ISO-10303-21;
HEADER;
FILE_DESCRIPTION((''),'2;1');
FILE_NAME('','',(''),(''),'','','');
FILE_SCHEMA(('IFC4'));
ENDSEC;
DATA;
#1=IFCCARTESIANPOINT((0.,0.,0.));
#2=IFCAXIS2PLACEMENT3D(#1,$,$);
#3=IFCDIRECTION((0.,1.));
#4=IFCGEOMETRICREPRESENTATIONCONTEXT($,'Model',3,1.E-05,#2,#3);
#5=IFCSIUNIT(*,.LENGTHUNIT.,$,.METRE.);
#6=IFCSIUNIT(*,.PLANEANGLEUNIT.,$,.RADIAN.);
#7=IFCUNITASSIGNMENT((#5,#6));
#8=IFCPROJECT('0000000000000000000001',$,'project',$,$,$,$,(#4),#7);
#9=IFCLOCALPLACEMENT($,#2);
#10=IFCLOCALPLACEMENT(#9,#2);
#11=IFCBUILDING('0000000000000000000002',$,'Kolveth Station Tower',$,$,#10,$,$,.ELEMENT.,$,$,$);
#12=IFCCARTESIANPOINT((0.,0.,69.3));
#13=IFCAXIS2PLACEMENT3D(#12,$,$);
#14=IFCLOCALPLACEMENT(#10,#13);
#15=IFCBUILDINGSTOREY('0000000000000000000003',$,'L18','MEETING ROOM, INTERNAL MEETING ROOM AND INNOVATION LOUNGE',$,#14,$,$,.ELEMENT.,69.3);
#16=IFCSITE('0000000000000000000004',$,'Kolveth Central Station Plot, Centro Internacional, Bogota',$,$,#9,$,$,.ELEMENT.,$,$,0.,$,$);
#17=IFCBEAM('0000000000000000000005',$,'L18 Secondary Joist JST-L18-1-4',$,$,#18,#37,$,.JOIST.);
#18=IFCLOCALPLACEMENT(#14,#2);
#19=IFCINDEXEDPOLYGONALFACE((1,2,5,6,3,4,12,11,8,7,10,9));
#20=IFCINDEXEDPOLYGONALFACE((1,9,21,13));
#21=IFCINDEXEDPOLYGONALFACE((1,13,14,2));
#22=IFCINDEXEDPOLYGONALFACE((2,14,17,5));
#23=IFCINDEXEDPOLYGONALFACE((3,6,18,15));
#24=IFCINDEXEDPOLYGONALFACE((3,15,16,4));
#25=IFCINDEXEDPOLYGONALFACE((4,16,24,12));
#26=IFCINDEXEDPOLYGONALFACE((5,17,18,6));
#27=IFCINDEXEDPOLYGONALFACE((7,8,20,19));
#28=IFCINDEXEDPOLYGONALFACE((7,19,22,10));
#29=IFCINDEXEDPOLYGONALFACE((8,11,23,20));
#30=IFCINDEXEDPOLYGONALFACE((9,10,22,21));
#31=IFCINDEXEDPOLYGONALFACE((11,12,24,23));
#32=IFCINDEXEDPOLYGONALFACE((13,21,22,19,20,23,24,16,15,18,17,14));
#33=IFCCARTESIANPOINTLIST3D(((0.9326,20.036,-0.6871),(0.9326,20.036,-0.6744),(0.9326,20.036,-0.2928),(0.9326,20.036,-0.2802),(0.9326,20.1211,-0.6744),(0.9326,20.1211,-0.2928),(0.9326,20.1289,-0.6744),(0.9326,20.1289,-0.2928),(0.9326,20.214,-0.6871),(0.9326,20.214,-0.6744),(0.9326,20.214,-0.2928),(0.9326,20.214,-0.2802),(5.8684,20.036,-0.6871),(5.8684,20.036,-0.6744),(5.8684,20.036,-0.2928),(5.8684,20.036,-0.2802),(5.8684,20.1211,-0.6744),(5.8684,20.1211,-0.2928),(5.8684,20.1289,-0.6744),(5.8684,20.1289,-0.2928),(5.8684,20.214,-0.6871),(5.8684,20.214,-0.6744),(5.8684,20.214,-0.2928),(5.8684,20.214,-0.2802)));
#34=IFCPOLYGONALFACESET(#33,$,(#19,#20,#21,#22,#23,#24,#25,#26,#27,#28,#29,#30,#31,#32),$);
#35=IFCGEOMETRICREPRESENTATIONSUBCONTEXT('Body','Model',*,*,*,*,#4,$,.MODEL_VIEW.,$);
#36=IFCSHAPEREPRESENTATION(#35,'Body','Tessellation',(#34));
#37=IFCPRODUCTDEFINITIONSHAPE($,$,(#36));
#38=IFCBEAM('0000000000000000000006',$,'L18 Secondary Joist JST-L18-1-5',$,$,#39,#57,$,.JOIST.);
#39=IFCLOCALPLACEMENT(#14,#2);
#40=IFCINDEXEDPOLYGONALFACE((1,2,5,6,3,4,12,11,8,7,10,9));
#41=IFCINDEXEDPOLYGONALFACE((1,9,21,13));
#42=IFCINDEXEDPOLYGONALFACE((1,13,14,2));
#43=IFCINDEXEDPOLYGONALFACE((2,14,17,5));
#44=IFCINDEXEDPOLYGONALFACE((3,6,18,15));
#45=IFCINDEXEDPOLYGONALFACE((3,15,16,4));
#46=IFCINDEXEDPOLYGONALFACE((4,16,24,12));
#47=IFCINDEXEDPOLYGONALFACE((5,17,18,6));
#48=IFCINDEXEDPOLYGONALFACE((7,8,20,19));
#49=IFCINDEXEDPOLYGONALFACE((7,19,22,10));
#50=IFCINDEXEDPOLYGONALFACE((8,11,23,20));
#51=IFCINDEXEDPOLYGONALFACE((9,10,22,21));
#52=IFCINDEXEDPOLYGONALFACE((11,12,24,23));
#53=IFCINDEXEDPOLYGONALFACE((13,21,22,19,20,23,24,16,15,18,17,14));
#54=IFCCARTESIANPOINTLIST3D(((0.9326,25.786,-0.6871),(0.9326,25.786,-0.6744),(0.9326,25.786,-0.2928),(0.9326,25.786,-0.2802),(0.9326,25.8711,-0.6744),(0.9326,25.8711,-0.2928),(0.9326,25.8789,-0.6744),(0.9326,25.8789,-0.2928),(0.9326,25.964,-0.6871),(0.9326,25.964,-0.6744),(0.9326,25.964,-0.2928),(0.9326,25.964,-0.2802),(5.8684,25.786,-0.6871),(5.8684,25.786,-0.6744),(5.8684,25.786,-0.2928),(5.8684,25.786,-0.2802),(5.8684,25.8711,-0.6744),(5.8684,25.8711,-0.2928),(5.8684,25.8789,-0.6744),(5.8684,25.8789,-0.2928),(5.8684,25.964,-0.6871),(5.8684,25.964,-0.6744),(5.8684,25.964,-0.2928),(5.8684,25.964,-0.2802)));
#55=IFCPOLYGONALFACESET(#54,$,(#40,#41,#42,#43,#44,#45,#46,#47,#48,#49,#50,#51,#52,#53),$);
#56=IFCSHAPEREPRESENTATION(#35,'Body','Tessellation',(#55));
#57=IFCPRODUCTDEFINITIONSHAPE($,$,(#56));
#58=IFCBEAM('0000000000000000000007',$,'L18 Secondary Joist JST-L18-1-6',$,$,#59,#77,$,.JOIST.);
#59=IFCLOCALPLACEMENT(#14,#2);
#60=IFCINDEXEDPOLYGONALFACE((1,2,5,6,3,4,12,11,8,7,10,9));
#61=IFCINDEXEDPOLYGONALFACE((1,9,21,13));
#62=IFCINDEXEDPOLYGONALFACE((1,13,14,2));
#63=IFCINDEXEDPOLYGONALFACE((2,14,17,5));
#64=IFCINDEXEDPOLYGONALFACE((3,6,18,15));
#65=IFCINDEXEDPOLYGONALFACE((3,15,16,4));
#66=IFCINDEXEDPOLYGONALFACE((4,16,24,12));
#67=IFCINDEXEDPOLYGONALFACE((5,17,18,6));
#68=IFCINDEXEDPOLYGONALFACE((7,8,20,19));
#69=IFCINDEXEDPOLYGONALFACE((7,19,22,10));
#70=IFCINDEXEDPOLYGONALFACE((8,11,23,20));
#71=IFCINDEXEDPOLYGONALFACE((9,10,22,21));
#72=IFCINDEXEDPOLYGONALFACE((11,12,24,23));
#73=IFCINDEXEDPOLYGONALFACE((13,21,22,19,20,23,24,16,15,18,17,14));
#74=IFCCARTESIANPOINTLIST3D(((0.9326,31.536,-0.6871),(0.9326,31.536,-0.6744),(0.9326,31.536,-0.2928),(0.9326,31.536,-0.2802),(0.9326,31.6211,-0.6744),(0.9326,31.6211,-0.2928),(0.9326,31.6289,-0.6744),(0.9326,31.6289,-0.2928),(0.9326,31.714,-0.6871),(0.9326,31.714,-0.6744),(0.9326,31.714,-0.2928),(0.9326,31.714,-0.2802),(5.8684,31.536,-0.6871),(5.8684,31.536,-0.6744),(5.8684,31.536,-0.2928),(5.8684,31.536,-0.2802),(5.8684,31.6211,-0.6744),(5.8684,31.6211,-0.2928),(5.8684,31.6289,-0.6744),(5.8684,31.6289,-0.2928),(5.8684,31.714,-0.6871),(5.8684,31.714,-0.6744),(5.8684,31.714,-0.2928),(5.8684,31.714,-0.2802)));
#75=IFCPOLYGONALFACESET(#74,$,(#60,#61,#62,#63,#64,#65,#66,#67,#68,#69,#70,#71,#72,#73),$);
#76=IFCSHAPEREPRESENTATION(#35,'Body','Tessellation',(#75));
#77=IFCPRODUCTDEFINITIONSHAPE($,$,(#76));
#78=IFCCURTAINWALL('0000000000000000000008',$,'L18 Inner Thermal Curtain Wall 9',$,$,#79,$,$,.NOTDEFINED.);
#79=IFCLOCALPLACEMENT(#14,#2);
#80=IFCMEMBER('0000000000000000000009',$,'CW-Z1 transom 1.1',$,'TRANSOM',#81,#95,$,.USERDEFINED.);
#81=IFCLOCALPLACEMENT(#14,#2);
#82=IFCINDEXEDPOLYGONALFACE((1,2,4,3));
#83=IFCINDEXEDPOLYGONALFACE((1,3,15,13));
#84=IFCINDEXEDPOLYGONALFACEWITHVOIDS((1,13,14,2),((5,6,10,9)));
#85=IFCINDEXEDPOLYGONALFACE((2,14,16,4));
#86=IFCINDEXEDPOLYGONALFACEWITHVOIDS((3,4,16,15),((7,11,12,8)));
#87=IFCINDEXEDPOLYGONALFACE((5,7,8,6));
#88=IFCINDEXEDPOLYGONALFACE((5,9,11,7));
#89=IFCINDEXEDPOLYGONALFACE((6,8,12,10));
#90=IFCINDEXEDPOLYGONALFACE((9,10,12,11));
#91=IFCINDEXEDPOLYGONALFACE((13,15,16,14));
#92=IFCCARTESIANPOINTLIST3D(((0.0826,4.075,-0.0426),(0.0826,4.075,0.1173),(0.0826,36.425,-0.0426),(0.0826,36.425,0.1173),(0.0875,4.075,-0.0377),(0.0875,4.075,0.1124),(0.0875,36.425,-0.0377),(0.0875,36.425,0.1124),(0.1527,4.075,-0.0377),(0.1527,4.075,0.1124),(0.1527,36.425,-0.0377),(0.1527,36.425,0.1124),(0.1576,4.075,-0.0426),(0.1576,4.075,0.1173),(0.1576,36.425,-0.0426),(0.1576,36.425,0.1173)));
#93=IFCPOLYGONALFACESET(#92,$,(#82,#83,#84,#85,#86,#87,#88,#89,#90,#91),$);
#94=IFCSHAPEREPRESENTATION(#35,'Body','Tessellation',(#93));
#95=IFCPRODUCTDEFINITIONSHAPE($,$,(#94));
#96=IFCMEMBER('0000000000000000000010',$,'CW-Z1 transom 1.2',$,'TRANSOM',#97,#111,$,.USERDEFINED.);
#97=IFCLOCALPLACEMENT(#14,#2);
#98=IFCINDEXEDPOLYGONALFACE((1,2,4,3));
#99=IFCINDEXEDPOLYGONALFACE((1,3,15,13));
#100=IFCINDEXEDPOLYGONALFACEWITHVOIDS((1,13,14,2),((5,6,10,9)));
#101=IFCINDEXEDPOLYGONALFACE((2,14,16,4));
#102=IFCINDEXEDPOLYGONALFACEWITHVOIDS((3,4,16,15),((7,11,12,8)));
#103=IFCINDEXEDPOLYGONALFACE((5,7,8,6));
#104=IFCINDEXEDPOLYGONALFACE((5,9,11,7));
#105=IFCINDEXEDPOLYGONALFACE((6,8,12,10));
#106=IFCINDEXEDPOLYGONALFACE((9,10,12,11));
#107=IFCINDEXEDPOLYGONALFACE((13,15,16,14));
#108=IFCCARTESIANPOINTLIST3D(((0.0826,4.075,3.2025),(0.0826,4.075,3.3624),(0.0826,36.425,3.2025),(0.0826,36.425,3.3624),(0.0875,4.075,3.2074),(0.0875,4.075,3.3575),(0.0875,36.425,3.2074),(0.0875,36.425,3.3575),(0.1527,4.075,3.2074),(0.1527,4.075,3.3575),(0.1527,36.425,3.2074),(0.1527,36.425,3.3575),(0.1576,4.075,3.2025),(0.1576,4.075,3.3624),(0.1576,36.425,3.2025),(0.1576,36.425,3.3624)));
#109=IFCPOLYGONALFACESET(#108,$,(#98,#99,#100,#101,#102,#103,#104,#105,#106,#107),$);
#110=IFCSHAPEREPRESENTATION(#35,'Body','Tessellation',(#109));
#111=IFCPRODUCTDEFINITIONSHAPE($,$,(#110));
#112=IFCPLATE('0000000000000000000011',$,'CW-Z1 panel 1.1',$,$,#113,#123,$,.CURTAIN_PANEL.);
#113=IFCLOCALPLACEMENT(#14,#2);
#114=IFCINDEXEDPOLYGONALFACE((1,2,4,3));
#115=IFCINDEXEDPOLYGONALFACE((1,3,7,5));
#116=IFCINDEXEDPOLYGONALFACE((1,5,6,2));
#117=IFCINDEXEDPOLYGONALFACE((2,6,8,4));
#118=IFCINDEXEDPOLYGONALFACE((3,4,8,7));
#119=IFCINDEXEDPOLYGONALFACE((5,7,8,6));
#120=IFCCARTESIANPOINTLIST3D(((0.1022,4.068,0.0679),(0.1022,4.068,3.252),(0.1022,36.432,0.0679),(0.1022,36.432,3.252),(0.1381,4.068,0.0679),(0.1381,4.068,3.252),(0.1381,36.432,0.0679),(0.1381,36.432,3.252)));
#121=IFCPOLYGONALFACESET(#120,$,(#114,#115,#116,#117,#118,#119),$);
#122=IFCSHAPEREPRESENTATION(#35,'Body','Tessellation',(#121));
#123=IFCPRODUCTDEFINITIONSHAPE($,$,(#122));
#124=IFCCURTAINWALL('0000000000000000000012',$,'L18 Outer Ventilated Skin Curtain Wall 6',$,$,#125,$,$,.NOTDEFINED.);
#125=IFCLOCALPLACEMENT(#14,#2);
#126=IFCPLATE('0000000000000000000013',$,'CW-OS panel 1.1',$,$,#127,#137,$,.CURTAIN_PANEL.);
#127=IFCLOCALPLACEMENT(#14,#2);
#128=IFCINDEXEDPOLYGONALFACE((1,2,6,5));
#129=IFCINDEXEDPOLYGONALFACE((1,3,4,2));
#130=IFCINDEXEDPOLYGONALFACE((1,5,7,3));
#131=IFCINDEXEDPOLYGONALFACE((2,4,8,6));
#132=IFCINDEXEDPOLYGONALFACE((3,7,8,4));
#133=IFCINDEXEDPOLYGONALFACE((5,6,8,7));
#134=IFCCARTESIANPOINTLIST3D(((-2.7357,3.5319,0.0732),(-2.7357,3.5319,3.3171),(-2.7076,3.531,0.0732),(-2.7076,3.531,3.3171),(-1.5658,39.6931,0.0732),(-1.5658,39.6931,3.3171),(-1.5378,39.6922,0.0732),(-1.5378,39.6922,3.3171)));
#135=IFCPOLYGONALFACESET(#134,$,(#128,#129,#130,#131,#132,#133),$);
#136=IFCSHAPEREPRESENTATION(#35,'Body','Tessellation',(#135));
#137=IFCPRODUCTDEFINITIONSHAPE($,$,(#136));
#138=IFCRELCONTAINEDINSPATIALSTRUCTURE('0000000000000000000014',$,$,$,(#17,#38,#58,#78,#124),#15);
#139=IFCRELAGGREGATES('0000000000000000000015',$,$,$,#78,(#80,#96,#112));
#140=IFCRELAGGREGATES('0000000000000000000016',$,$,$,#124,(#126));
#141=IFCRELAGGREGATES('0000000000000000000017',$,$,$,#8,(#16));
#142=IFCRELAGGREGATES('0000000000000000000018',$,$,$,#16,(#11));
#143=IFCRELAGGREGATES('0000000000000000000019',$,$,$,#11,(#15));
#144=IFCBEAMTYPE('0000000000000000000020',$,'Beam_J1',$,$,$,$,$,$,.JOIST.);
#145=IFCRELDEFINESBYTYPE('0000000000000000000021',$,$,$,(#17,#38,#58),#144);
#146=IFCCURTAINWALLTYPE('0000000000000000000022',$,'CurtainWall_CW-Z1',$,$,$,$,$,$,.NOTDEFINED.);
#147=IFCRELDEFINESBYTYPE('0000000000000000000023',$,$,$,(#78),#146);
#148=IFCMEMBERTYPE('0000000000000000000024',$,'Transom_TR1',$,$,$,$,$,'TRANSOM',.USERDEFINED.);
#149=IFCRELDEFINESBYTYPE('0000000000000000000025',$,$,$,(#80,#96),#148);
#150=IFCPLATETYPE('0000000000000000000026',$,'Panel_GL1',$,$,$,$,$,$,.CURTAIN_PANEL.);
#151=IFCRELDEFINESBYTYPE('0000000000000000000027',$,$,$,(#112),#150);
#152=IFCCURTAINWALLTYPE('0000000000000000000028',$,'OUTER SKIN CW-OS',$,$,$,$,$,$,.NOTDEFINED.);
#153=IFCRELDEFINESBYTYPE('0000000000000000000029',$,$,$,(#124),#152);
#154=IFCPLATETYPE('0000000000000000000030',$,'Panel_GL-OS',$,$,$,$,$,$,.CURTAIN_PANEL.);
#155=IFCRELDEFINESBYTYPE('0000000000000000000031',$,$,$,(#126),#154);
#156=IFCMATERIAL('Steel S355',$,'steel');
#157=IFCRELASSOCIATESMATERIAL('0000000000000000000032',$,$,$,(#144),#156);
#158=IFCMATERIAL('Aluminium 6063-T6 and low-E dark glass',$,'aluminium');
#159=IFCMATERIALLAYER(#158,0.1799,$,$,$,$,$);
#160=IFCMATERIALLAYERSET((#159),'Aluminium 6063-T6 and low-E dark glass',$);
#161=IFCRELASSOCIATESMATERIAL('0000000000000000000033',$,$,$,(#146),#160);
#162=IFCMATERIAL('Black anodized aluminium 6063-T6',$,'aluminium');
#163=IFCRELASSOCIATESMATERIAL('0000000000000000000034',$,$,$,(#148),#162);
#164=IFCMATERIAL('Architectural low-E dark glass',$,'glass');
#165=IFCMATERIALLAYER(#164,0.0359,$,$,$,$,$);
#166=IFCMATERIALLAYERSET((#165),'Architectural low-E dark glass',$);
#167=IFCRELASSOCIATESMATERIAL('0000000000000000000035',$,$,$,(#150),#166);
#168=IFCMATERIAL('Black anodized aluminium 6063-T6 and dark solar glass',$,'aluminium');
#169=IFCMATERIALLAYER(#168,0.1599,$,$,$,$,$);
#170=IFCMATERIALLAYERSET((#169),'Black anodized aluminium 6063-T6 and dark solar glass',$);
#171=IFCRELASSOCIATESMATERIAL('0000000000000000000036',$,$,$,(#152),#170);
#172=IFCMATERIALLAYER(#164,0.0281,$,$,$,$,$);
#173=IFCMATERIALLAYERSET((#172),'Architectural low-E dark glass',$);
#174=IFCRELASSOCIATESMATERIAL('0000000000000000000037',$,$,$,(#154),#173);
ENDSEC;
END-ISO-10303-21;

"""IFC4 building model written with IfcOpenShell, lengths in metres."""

from ifc_helpers import new_model, si_unit, direction, frame, origin, origin_2d, place, context, subcontext, project, spatial, rectangle, hollow_rectangle, i_section, extrude, source, transform, mapped, material, layer, layer_set, material_profile, profile_set, type_object, element, aggregate, save


model = new_model("IFC4")

# Units and contexts
model_context = context("Model", 3, precision=1e-05, world=origin(), true_north=direction((0.0, 1.0)))
body_context = subcontext(model_context, "Body", "Model", "MODEL_VIEW")
ifc_project = project(units=[si_unit("LENGTHUNIT", "METRE"), si_unit("PLANEANGLEUNIT", "RADIAN")], contexts=[model_context])

# Site, building, storey
site_placement = place(None, origin())
site = spatial("IfcSite", under=ifc_project, at=site_placement, Name="Kolveth Central Station Plot, Centro Internacional, Bogota", CompositionType="ELEMENT", RefElevation=0.0)
building_placement = place(site_placement, origin())
building = spatial("IfcBuilding", under=site, at=building_placement, Name="Kolveth Station Tower", CompositionType="ELEMENT")
storey_placement = place(building_placement, frame((0.0, 0.0, 69.3)))
storey = spatial("IfcBuildingStorey", under=building, at=storey_placement, Name="L18", Description="MEETING ROOM, INTERNAL MEETING ROOM AND INNOVATION LOUNGE", CompositionType="ELEMENT", Elevation=69.3)

# Shared definitions
ifc_material_1 = material(Name="Steel S355", Category="steel")

# Beams
ifc_material_profile_1 = material_profile(ifc_material_1, i_section(OverallWidth=0.178, OverallDepth=0.407, WebThickness=0.0078, FlangeThickness=0.0127, at=origin_2d()), Name="W410x60")
ifc_profile_set_1 = profile_set([ifc_material_profile_1], Name="Steel S355")
beam_type_1 = type_object("IfcBeamType", Name="Beam_J1", PredefinedType="JOIST", material=ifc_profile_set_1)
shared_shape_1 = source(origin(), body_context, "Body", "SweptSolid", [
    extrude(i_section(OverallWidth=0.178, OverallDepth=0.407, WebThickness=0.0078, FlangeThickness=0.0127, at=origin_2d()), origin(), (0.0, 0.0, 1.0), 4.9358),
])
for number, where, z_axis, x_axis, name in (
    (1, (0.9326, 20.125, -0.4836), (1.0, 0.0, 0.0), (0.0, 1.0, 0.0), "L18 Secondary Joist JST-L18-1-4"),
    (2, (0.9326, 25.875, -0.4836), (1.0, 0.0, 0.0), (0.0, 1.0, 0.0), "L18 Secondary Joist JST-L18-1-5"),
    (3, (0.9326, 31.625, -0.4836), (1.0, 0.0, 0.0), (0.0, 1.0, 0.0), "L18 Secondary Joist JST-L18-1-6"),
):
    element("IfcBeam", number, at=place(storey_placement, frame(where, z_axis=z_axis, x_axis=x_axis)), inside=storey, type_object=beam_type_1, Name=name, PredefinedType="JOIST", context=body_context, shape_type="MappedRepresentation", body=[
        mapped(shared_shape_1, transform((0.0, 0.0, 0.0), x_axis=(1.0, 0.0, 0.0), y_axis=(0.0, 1.0, 0.0), z_axis=(0.0, 0.0, 1.0), scale=1.0)),
    ])

# Curtain wall, members, plate
ifc_material_2 = material(Name="Aluminium 6063-T6 and low-E dark glass", Category="aluminium")
ifc_layer_1 = layer(ifc_material_2, 0.1799)
ifc_layer_set_1 = layer_set([ifc_layer_1], Name="Aluminium 6063-T6 and low-E dark glass")
curtain_wall_type_1 = type_object("IfcCurtainWallType", Name="CurtainWall_CW-Z1", PredefinedType="NOTDEFINED", material=ifc_layer_set_1)
curtain_wall_1_placement = place(storey_placement, origin())
curtain_wall_1 = element("IfcCurtainWall", 4, at=curtain_wall_1_placement, inside=storey, type_object=curtain_wall_type_1, Name="L18 Inner Thermal Curtain Wall 9", PredefinedType="NOTDEFINED")
ifc_material_3 = material(Name="Black anodized aluminium 6063-T6", Category="aluminium")
ifc_material_profile_2 = material_profile(ifc_material_3, hollow_rectangle(XDim=0.075, YDim=0.1599, WallThickness=0.0049, at=origin_2d()), Name="ALU-75x160x5")
ifc_profile_set_2 = profile_set([ifc_material_profile_2], Name="Black anodized aluminium 6063-T6")
member_type = type_object("IfcMemberType", Name="Transom_TR1", ElementType="TRANSOM", PredefinedType="USERDEFINED", material=ifc_profile_set_2)
shared_shape_2 = source(origin(), body_context, "Body", "SweptSolid", [
    extrude(hollow_rectangle(XDim=0.075, YDim=0.1599, WallThickness=0.0049, at=origin_2d()), origin(), (0.0, 0.0, 1.0), 32.3501),
])
member_1_placement = place(storey_placement, frame((0.1201, 36.425, 0.0374), z_axis=(0.0, -1.0, 0.0), x_axis=(1.0, 0.0, 0.0)))
member_1 = element("IfcMember", 5, at=member_1_placement, type_object=member_type, Name="CW-Z1 transom 1.1", ObjectType="TRANSOM", PredefinedType="USERDEFINED", context=body_context, shape_type="MappedRepresentation", body=[
    mapped(shared_shape_2, transform((0.0, 0.0, 0.0), x_axis=(1.0, 0.0, 0.0), y_axis=(0.0, 1.0, 0.0), z_axis=(0.0, 0.0, 1.0), scale=1.0)),
])
member_2_placement = place(storey_placement, frame((0.1201, 36.425, 3.2825), z_axis=(0.0, -1.0, 0.0), x_axis=(1.0, 0.0, 0.0)))
member_2 = element("IfcMember", 6, at=member_2_placement, type_object=member_type, Name="CW-Z1 transom 1.2", ObjectType="TRANSOM", PredefinedType="USERDEFINED", context=body_context, shape_type="MappedRepresentation", body=[
    mapped(shared_shape_2, transform((0.0, 0.0, 0.0), x_axis=(1.0, 0.0, 0.0), y_axis=(0.0, 1.0, 0.0), z_axis=(0.0, 0.0, 1.0), scale=1.0)),
])
ifc_material_4 = material(Name="Architectural low-E dark glass", Category="glass")
ifc_layer_2 = layer(ifc_material_4, 0.0359)
ifc_layer_set_2 = layer_set([ifc_layer_2], Name="Architectural low-E dark glass")
plate_type_1 = type_object("IfcPlateType", Name="Panel_GL1", PredefinedType="CURTAIN_PANEL", material=ifc_layer_set_2)
shared_shape_3 = source(origin(), body_context, "Body", "SweptSolid", [
    extrude(rectangle(XDim=32.364, YDim=0.0359, at=origin_2d()), origin(), (0.0, 0.0, 1.0), 3.1841),
])
plate_1_placement = place(storey_placement, frame((0.1201, 20.25, 0.0679), z_axis=(0.0, 0.0, 1.0), x_axis=(0.0, -1.0, 0.0)))
plate_1 = element("IfcPlate", 7, at=plate_1_placement, type_object=plate_type_1, Name="CW-Z1 panel 1.1", PredefinedType="CURTAIN_PANEL", context=body_context, shape_type="MappedRepresentation", body=[
    mapped(shared_shape_3, transform((0.0, 0.0, 0.0), x_axis=(1.0, 0.0, 0.0), y_axis=(0.0, 1.0, 0.0), z_axis=(0.0, 0.0, 1.0), scale=1.0)),
])
aggregate(curtain_wall_1, [member_1, member_2, plate_1])

# Curtain wall, plate
ifc_material_5 = material(Name="Black anodized aluminium 6063-T6 and dark solar glass", Category="aluminium")
ifc_layer_3 = layer(ifc_material_5, 0.1599)
ifc_layer_set_3 = layer_set([ifc_layer_3], Name="Black anodized aluminium 6063-T6 and dark solar glass")
curtain_wall_type_2 = type_object("IfcCurtainWallType", Name="OUTER SKIN CW-OS", PredefinedType="NOTDEFINED", material=ifc_layer_set_3)
curtain_wall_2_placement = place(storey_placement, origin())
curtain_wall_2 = element("IfcCurtainWall", 8, at=curtain_wall_2_placement, inside=storey, type_object=curtain_wall_type_2, Name="L18 Outer Ventilated Skin Curtain Wall 6", PredefinedType="NOTDEFINED")
ifc_layer_4 = layer(ifc_material_4, 0.0281)
ifc_layer_set_4 = layer_set([ifc_layer_4], Name="Architectural low-E dark glass")
plate_type_2 = type_object("IfcPlateType", Name="Panel_GL-OS", PredefinedType="CURTAIN_PANEL", material=ifc_layer_set_4)
shared_shape_4 = source(origin(), body_context, "Body", "SweptSolid", [
    extrude(rectangle(XDim=36.1802, YDim=0.0281, at=origin_2d()), origin(), (0.0, 0.0, 1.0), 3.2439),
])
plate_2_placement = place(storey_placement, frame((-2.1367, 21.6121, 0.0732), z_axis=(0.0, 0.0, 1.0), x_axis=(-0.032334, -0.999477, 0.0)))
plate_2 = element("IfcPlate", 9, at=plate_2_placement, type_object=plate_type_2, Name="CW-OS panel 1.1", PredefinedType="CURTAIN_PANEL", context=body_context, shape_type="MappedRepresentation", body=[
    mapped(shared_shape_4, transform((0.0, 0.0, 0.0), x_axis=(1.0, 0.0, 0.0), y_axis=(0.0, 1.0, 0.0), z_axis=(0.0, 0.0, 1.0), scale=1.0)),
])
aggregate(curtain_wall_2, [plate_2])

save(model, "model.ifc")
